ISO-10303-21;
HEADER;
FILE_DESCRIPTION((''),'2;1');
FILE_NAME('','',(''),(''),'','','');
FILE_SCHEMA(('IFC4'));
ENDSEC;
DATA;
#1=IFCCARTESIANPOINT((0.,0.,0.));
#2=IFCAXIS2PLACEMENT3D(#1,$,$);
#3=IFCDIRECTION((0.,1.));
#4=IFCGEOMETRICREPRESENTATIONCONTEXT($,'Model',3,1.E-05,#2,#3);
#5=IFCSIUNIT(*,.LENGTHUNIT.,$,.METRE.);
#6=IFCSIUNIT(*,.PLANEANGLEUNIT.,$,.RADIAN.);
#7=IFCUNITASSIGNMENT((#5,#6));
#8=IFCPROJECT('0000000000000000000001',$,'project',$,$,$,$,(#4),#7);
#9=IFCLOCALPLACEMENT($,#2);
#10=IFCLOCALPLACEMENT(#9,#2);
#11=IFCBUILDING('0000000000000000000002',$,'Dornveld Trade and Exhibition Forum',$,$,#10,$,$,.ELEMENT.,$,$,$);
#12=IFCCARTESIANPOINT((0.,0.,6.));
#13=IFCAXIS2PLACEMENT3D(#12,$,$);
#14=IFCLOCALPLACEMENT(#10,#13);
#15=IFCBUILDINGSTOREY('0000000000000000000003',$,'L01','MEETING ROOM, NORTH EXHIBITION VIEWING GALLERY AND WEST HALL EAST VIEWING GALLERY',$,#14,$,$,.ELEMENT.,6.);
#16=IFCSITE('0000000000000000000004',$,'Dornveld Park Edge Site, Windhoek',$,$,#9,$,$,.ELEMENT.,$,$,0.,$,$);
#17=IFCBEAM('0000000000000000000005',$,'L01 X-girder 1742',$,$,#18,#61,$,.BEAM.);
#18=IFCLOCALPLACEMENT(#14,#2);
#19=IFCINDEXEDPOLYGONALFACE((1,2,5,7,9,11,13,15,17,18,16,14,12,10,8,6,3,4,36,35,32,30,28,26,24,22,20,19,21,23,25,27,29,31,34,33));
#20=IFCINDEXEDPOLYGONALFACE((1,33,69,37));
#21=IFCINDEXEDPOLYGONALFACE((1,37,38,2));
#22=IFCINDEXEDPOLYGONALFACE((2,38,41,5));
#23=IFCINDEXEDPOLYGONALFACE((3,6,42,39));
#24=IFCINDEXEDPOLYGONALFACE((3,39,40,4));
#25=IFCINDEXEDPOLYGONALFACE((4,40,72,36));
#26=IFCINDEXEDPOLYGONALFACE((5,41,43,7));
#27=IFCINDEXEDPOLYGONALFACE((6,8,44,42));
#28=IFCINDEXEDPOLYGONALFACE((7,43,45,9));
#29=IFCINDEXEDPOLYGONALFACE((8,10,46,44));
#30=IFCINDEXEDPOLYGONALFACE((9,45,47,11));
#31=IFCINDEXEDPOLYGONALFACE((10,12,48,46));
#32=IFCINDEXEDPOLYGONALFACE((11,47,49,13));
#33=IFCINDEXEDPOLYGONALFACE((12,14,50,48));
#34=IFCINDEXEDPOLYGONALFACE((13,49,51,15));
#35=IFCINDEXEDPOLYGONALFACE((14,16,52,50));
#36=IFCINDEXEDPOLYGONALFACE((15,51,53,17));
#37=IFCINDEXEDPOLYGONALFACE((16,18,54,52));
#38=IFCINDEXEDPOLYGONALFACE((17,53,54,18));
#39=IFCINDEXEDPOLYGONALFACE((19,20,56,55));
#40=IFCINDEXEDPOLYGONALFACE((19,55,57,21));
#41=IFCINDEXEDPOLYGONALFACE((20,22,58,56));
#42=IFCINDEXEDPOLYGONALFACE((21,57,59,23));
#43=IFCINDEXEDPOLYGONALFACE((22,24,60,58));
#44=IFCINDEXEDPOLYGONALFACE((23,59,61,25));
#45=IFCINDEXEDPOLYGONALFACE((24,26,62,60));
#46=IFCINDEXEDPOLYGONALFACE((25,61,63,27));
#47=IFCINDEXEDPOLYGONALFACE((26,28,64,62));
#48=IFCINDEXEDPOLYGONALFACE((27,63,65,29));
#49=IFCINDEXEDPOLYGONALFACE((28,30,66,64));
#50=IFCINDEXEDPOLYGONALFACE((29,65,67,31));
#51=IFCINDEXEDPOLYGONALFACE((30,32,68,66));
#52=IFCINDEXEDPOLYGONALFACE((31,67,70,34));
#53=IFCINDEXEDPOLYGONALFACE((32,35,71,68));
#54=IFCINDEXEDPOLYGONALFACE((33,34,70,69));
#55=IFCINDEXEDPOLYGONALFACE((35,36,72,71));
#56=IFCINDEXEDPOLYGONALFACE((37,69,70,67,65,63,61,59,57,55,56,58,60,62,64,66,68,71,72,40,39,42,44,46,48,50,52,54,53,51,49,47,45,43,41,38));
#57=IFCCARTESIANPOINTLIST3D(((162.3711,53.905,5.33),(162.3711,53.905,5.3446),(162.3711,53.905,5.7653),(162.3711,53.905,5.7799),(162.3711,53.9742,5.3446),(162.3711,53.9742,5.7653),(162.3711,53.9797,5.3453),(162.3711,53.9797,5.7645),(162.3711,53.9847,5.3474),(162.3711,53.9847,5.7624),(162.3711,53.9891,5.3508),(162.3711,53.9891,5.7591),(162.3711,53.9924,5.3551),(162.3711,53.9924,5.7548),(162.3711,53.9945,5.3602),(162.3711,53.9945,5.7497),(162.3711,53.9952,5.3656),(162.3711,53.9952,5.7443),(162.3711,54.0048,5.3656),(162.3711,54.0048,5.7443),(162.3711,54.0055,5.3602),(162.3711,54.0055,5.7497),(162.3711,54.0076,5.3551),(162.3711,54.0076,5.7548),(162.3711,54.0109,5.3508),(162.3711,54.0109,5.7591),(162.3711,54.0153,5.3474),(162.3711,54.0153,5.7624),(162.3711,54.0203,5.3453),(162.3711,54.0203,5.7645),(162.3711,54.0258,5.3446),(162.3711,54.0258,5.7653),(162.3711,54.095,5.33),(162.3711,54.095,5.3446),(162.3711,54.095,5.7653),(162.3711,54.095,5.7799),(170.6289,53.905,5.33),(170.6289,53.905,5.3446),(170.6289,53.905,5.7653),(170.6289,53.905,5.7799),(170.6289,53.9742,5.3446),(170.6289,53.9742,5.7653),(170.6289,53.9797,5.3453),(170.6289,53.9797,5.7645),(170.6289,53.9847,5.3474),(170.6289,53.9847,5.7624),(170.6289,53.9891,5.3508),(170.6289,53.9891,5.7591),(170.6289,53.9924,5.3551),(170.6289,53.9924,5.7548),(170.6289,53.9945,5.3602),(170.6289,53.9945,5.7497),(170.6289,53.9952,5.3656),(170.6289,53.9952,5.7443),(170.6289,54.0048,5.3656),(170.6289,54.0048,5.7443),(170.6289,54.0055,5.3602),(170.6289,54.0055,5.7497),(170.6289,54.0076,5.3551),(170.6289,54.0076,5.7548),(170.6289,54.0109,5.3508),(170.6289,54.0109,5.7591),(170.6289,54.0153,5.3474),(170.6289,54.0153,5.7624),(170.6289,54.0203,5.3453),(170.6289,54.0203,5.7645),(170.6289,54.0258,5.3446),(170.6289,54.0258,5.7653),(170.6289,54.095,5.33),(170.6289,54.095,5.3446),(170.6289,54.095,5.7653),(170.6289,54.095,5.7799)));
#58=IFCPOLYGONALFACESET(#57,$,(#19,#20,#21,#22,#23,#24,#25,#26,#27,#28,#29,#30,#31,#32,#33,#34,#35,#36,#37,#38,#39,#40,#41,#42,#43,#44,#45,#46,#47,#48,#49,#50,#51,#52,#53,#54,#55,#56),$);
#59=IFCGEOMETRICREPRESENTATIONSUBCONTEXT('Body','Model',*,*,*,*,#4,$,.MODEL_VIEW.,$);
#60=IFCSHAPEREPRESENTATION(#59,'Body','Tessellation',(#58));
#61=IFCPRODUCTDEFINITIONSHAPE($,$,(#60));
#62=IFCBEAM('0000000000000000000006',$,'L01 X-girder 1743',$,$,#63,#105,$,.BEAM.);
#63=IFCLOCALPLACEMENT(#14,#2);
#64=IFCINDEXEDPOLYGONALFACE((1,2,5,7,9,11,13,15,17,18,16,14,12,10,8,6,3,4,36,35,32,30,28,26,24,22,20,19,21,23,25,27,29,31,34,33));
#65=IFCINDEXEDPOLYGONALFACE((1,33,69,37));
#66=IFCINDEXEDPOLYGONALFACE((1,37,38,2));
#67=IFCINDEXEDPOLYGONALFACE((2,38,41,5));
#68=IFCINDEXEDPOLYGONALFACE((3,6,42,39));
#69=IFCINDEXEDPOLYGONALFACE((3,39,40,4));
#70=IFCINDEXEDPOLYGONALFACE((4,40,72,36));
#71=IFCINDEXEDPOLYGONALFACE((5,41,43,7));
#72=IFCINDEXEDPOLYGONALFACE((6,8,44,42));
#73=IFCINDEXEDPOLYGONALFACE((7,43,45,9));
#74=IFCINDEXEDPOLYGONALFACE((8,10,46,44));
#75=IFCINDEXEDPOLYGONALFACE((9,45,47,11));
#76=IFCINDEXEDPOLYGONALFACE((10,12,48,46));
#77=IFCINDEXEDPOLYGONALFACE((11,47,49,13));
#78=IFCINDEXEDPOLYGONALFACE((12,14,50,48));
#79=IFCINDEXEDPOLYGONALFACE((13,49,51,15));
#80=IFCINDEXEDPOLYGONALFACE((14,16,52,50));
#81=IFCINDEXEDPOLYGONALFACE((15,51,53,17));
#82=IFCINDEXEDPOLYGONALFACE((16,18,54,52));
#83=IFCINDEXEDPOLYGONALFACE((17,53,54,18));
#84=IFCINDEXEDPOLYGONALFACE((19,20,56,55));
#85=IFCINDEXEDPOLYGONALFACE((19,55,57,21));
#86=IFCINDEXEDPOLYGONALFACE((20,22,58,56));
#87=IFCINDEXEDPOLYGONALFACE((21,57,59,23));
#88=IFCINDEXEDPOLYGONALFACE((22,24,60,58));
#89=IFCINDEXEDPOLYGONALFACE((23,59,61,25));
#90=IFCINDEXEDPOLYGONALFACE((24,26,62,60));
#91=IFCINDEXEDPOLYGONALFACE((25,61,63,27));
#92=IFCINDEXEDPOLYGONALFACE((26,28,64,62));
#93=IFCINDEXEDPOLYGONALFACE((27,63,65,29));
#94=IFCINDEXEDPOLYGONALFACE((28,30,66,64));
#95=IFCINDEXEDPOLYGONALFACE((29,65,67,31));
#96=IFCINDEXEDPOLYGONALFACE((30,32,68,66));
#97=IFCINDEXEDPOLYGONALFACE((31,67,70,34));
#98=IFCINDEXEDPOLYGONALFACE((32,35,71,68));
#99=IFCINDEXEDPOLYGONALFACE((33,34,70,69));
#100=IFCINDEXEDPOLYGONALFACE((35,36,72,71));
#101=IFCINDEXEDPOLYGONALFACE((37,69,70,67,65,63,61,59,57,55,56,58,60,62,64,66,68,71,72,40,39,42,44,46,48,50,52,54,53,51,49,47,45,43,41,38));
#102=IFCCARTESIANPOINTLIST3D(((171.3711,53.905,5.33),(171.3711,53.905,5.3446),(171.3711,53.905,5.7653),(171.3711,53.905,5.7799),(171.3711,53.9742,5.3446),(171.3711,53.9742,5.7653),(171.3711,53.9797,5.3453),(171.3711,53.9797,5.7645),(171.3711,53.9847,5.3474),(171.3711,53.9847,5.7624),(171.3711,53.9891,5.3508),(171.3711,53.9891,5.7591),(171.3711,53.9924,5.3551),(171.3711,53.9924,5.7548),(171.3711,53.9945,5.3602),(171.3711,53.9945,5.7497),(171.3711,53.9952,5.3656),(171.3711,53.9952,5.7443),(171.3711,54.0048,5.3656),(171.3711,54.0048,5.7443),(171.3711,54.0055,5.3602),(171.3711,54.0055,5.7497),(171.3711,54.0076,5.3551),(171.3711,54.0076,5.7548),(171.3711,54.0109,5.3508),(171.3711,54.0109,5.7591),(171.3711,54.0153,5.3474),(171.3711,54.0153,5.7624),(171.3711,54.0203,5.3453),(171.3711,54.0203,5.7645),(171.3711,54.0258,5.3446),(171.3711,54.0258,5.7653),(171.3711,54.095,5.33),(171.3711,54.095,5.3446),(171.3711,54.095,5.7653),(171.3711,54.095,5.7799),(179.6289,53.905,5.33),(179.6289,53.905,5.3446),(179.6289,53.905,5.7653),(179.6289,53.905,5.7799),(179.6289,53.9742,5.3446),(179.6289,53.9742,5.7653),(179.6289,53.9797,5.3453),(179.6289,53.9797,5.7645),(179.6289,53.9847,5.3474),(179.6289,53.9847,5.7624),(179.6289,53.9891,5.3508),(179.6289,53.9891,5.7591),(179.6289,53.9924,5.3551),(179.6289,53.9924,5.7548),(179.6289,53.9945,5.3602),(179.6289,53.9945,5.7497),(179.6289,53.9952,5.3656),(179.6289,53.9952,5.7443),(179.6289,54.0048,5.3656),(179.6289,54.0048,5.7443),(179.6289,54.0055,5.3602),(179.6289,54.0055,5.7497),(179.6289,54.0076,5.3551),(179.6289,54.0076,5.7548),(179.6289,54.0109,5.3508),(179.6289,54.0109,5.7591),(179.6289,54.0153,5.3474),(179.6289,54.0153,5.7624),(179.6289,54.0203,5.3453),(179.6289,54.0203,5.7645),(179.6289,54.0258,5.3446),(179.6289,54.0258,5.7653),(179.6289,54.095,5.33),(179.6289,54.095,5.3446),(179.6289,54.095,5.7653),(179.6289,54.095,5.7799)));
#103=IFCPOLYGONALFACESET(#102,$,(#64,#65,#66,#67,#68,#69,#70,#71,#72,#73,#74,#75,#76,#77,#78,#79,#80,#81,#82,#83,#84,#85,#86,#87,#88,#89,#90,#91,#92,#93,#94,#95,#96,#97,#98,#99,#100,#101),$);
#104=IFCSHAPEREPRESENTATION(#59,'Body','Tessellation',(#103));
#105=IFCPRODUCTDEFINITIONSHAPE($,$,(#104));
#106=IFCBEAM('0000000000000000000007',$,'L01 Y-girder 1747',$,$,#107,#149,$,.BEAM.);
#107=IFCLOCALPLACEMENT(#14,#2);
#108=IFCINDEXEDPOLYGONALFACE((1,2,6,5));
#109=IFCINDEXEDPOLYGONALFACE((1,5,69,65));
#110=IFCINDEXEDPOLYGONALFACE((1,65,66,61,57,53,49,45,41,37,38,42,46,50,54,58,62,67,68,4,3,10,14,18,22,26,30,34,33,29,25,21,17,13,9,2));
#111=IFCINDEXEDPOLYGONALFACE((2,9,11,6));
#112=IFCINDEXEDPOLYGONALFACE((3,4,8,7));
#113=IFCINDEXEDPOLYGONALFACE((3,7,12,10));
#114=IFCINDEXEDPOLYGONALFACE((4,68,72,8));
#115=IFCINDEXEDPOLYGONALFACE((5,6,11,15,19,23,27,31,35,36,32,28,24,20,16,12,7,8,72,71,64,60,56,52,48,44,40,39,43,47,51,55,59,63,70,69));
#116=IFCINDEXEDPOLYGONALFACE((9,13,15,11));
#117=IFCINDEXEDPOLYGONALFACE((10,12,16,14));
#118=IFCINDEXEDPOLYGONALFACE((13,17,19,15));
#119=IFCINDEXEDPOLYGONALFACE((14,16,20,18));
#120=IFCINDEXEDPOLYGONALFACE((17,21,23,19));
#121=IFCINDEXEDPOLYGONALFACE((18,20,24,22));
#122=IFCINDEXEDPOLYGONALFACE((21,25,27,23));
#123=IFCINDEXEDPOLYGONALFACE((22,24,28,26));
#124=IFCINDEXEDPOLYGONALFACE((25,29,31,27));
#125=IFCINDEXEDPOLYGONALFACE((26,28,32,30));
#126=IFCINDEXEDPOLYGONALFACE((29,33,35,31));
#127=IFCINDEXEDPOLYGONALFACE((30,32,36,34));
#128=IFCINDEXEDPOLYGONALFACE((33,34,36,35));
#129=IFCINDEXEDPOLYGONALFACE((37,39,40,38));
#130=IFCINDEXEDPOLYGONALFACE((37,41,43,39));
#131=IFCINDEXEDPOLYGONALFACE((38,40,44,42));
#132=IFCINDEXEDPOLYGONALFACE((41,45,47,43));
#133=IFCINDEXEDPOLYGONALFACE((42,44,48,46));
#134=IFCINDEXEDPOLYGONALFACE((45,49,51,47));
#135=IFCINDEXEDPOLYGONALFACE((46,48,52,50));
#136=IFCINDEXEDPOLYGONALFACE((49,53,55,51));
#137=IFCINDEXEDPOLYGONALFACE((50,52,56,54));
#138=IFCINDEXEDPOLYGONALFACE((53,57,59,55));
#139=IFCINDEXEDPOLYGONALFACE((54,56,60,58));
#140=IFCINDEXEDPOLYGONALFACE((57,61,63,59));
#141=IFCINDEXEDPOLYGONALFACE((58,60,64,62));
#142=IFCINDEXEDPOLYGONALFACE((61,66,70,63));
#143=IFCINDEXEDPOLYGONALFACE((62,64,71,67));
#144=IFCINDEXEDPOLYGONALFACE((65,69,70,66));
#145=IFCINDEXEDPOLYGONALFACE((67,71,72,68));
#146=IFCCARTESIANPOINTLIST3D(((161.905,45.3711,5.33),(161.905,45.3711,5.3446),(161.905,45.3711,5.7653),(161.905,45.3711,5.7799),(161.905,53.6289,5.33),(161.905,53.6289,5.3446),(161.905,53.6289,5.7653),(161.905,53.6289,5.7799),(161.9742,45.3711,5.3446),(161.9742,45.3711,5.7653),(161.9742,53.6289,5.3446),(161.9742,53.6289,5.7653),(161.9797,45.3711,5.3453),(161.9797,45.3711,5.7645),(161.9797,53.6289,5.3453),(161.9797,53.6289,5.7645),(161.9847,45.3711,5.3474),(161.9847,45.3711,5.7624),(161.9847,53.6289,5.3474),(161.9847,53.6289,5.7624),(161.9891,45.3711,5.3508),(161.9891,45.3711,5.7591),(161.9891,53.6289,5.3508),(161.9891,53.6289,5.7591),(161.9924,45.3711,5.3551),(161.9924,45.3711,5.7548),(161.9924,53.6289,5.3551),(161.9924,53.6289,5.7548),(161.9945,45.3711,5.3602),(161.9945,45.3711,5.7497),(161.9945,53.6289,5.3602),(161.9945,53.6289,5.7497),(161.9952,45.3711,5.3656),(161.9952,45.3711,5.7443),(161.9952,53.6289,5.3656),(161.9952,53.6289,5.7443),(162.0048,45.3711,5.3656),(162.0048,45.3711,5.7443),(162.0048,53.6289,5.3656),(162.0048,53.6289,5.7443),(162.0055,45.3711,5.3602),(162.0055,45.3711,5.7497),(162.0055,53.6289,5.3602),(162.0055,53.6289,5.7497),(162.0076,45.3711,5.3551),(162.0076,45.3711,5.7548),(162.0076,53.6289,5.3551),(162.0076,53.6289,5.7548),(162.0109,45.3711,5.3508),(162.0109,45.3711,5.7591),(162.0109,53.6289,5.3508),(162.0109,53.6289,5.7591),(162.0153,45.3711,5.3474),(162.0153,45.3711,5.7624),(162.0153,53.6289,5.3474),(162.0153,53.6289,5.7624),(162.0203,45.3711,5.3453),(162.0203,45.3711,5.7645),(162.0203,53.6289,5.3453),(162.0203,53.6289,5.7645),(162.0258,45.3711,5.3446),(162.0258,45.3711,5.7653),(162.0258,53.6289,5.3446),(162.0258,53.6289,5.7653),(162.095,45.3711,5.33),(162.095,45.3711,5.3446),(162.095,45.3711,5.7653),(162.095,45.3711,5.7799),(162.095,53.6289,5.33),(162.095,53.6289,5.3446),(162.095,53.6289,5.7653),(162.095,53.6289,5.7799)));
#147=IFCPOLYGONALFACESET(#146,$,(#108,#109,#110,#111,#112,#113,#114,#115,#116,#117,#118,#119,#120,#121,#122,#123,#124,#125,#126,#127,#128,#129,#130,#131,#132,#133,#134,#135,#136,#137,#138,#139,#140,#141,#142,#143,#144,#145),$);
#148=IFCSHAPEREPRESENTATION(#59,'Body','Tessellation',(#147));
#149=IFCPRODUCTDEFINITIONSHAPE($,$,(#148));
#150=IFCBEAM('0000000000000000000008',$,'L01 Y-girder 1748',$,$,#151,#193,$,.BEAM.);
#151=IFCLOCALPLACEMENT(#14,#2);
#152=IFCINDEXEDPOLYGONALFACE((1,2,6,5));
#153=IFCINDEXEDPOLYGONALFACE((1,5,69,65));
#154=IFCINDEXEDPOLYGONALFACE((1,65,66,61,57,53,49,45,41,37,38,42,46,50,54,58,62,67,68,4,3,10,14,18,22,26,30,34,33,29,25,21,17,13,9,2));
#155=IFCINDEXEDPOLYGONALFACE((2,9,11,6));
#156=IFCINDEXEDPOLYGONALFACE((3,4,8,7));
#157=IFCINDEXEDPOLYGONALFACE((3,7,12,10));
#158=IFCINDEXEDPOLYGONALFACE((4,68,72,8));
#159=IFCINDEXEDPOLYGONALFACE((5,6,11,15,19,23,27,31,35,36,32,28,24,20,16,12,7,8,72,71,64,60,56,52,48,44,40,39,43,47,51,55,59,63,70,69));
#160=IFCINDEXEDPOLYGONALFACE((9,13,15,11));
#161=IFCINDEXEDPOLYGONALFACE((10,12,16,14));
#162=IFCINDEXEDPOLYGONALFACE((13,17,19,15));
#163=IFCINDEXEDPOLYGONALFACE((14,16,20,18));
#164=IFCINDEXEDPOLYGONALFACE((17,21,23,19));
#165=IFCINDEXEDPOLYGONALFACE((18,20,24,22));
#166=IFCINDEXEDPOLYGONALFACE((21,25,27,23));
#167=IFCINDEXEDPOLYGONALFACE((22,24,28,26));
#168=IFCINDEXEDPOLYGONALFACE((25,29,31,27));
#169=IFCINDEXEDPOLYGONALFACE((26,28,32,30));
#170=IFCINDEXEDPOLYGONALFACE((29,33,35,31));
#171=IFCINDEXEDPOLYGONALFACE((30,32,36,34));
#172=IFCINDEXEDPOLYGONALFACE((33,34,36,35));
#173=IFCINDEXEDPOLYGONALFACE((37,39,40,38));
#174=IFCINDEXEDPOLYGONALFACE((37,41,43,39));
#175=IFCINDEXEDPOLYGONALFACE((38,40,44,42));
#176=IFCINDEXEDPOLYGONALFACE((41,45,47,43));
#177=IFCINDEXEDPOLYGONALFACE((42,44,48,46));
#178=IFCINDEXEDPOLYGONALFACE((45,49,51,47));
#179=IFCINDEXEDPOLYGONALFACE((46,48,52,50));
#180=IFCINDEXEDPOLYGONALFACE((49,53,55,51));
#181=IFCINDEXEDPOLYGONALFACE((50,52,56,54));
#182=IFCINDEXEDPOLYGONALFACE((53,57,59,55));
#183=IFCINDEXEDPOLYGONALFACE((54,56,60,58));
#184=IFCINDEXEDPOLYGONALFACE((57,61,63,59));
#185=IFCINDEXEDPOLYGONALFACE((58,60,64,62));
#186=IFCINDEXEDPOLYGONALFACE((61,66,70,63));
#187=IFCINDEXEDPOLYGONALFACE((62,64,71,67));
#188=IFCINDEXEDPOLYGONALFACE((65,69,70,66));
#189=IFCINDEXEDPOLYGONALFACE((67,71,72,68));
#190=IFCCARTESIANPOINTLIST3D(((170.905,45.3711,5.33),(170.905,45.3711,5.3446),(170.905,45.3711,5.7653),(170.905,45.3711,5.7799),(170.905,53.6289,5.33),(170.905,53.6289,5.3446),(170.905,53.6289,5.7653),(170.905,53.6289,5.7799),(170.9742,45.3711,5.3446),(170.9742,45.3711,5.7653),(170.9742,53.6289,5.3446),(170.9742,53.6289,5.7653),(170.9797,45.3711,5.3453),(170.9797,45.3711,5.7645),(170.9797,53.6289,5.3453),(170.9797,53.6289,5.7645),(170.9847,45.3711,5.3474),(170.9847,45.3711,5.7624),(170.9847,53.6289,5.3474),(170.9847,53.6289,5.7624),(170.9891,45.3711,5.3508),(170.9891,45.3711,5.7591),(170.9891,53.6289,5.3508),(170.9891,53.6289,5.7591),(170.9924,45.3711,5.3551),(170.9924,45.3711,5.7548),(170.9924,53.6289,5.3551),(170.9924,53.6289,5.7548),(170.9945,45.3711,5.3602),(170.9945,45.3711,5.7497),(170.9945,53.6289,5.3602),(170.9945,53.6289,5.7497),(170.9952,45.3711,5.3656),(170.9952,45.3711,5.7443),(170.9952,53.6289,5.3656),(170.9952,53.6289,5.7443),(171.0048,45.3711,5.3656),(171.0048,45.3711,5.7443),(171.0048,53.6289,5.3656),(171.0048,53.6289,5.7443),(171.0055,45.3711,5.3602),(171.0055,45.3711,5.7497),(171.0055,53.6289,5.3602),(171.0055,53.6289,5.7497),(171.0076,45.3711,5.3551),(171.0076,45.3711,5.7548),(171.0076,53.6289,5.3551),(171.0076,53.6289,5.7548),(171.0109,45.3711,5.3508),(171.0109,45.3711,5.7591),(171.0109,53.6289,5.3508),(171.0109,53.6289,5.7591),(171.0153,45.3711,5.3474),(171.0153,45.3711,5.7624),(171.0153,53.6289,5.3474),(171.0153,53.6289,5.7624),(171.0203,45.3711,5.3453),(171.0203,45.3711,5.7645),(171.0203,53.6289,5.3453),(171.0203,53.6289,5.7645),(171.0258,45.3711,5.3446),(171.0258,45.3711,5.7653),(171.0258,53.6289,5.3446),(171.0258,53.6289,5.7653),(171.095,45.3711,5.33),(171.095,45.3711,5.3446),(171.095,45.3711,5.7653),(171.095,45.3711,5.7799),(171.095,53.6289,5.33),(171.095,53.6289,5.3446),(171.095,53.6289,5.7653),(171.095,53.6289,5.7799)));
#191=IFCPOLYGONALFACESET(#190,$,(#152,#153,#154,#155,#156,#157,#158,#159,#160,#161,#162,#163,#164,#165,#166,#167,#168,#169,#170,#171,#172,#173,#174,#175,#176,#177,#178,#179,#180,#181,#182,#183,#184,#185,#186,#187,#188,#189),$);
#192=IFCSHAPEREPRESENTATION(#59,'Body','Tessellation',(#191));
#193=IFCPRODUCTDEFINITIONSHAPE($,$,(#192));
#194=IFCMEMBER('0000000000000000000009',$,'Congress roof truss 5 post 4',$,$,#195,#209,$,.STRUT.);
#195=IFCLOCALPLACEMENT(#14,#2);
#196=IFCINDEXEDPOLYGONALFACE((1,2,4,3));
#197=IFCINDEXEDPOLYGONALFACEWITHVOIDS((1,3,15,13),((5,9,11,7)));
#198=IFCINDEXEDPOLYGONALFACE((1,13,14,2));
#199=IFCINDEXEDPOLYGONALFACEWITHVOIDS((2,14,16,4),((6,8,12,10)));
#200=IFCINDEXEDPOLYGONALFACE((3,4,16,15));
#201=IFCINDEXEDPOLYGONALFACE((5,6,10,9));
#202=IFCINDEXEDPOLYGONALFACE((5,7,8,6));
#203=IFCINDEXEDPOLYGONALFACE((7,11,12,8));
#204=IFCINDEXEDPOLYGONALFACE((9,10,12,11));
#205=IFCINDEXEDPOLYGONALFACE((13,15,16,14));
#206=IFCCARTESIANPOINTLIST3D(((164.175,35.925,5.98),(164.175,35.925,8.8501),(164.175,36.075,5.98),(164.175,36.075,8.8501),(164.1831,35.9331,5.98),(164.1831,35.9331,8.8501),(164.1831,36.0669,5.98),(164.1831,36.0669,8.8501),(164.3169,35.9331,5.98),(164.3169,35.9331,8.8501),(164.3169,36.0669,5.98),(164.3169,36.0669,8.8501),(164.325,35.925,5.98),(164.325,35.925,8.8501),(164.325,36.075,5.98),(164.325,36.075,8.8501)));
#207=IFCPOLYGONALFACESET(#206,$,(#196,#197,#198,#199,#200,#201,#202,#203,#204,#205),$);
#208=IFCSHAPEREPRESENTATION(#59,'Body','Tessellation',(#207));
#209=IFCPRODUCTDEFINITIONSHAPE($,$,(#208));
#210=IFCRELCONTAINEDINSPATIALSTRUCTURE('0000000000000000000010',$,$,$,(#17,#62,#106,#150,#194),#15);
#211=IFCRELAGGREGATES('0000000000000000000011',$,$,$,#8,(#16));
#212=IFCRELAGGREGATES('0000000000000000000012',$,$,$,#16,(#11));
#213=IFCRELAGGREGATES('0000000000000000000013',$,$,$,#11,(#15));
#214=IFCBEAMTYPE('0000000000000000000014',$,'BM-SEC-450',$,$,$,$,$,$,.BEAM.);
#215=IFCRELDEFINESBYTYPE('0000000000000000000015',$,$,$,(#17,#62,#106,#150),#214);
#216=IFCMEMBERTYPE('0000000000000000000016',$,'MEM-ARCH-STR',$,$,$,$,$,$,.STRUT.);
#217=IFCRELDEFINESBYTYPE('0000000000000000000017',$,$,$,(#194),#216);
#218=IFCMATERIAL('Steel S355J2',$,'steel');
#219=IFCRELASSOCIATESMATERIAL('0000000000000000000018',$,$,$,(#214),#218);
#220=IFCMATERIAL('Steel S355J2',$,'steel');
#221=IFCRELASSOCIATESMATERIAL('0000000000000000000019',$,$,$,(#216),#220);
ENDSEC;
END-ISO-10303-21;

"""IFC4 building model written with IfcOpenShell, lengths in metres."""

from ifc_helpers import new_model, si_unit, direction, frame, origin, origin_2d, place, context, subcontext, project, spatial, hollow_rectangle, i_section, extrude, material, material_profile, profile_set, type_object, element, save


model = new_model("IFC4")

# Units and contexts
model_context = context("Model", 3, precision=1e-05, world=origin(), true_north=direction((0.0, 1.0)))
body_context = subcontext(model_context, "Body", "Model", "MODEL_VIEW")
ifc_project = project(units=[si_unit("LENGTHUNIT", "METRE"), si_unit("PLANEANGLEUNIT", "RADIAN")], contexts=[model_context])

# Site, building, storey
site_placement = place(None, origin())
site = spatial("IfcSite", under=ifc_project, at=site_placement, Name="Dornveld Park Edge Site, Windhoek", CompositionType="ELEMENT", RefElevation=0.0)
building_placement = place(site_placement, origin())
building = spatial("IfcBuilding", under=site, at=building_placement, Name="Dornveld Trade and Exhibition Forum", CompositionType="ELEMENT")
storey_placement = place(building_placement, frame((0.0, 0.0, 6.0)))
storey = spatial("IfcBuildingStorey", under=building, at=storey_placement, Name="L01", Description="MEETING ROOM, NORTH EXHIBITION VIEWING GALLERY AND WEST HALL EAST VIEWING GALLERY", CompositionType="ELEMENT", Elevation=6.0)

# Beams
ifc_material_1 = material(Name="Steel S355J2", Category="steel")
ifc_material_profile_1 = material_profile(ifc_material_1, i_section(OverallWidth=0.1899, OverallDepth=0.45, WebThickness=0.0095, FlangeThickness=0.0146, FilletRadius=0.021, at=origin_2d()), Name="IPE 450")
ifc_profile_set_1 = profile_set([ifc_material_profile_1], Name="Steel S355J2")
beam_type_1 = type_object("IfcBeamType", Name="BM-SEC-450", PredefinedType="BEAM", material=ifc_profile_set_1)
for number, where, z_axis, x_axis, name in (
    (1, (162.3711, 54.0, 5.5549), (1.0, 0.0, 0.0), (0.0, 1.0, 0.0), "L01 X-girder 1742"),
    (2, (171.3711, 54.0, 5.5549), (1.0, 0.0, 0.0), (0.0, 1.0, 0.0), "L01 X-girder 1743"),
    (3, (162.0, 45.3711, 5.5549), (0.0, 1.0, 0.0), (-1.0, 0.0, 0.0), "L01 Y-girder 1747"),
    (4, (171.0, 45.3711, 5.5549), (0.0, 1.0, 0.0), (-1.0, 0.0, 0.0), "L01 Y-girder 1748"),
):
    element("IfcBeam", number, at=place(storey_placement, frame(where, z_axis=z_axis, x_axis=x_axis)), inside=storey, type_object=beam_type_1, Name=name, PredefinedType="BEAM", context=body_context, shape_type="SweptSolid", body=[
        extrude(i_section(OverallWidth=0.1899, OverallDepth=0.45, WebThickness=0.0095, FlangeThickness=0.0146, FilletRadius=0.021, at=origin_2d()), origin(), (0.0, 0.0, 1.0), 8.2578),
    ])

# Member
ifc_material_2 = material(Name="Steel S355J2", Category="steel")
ifc_material_profile_2 = material_profile(ifc_material_2, hollow_rectangle(XDim=0.1499, YDim=0.1499, WallThickness=0.0081, at=origin_2d()), Name="SHS 150x150x8")
ifc_profile_set_2 = profile_set([ifc_material_profile_2], Name="Steel S355J2")
member_type_1 = type_object("IfcMemberType", Name="MEM-ARCH-STR", PredefinedType="STRUT", material=ifc_profile_set_2)
member_1_placement = place(storey_placement, frame((164.25, 36.0, 5.98), z_axis=(0.0, 0.0, 1.0), x_axis=(1.0, 0.0, 0.0)))
element("IfcMember", 5, at=member_1_placement, inside=storey, type_object=member_type_1, Name="Congress roof truss 5 post 4", PredefinedType="STRUT", context=body_context, shape_type="SweptSolid", body=[
    extrude(hollow_rectangle(XDim=0.1499, YDim=0.1499, WallThickness=0.0081, at=origin_2d()), origin(), (0.0, 0.0, 1.0), 2.8701),
])

save(model, "model.ifc")
